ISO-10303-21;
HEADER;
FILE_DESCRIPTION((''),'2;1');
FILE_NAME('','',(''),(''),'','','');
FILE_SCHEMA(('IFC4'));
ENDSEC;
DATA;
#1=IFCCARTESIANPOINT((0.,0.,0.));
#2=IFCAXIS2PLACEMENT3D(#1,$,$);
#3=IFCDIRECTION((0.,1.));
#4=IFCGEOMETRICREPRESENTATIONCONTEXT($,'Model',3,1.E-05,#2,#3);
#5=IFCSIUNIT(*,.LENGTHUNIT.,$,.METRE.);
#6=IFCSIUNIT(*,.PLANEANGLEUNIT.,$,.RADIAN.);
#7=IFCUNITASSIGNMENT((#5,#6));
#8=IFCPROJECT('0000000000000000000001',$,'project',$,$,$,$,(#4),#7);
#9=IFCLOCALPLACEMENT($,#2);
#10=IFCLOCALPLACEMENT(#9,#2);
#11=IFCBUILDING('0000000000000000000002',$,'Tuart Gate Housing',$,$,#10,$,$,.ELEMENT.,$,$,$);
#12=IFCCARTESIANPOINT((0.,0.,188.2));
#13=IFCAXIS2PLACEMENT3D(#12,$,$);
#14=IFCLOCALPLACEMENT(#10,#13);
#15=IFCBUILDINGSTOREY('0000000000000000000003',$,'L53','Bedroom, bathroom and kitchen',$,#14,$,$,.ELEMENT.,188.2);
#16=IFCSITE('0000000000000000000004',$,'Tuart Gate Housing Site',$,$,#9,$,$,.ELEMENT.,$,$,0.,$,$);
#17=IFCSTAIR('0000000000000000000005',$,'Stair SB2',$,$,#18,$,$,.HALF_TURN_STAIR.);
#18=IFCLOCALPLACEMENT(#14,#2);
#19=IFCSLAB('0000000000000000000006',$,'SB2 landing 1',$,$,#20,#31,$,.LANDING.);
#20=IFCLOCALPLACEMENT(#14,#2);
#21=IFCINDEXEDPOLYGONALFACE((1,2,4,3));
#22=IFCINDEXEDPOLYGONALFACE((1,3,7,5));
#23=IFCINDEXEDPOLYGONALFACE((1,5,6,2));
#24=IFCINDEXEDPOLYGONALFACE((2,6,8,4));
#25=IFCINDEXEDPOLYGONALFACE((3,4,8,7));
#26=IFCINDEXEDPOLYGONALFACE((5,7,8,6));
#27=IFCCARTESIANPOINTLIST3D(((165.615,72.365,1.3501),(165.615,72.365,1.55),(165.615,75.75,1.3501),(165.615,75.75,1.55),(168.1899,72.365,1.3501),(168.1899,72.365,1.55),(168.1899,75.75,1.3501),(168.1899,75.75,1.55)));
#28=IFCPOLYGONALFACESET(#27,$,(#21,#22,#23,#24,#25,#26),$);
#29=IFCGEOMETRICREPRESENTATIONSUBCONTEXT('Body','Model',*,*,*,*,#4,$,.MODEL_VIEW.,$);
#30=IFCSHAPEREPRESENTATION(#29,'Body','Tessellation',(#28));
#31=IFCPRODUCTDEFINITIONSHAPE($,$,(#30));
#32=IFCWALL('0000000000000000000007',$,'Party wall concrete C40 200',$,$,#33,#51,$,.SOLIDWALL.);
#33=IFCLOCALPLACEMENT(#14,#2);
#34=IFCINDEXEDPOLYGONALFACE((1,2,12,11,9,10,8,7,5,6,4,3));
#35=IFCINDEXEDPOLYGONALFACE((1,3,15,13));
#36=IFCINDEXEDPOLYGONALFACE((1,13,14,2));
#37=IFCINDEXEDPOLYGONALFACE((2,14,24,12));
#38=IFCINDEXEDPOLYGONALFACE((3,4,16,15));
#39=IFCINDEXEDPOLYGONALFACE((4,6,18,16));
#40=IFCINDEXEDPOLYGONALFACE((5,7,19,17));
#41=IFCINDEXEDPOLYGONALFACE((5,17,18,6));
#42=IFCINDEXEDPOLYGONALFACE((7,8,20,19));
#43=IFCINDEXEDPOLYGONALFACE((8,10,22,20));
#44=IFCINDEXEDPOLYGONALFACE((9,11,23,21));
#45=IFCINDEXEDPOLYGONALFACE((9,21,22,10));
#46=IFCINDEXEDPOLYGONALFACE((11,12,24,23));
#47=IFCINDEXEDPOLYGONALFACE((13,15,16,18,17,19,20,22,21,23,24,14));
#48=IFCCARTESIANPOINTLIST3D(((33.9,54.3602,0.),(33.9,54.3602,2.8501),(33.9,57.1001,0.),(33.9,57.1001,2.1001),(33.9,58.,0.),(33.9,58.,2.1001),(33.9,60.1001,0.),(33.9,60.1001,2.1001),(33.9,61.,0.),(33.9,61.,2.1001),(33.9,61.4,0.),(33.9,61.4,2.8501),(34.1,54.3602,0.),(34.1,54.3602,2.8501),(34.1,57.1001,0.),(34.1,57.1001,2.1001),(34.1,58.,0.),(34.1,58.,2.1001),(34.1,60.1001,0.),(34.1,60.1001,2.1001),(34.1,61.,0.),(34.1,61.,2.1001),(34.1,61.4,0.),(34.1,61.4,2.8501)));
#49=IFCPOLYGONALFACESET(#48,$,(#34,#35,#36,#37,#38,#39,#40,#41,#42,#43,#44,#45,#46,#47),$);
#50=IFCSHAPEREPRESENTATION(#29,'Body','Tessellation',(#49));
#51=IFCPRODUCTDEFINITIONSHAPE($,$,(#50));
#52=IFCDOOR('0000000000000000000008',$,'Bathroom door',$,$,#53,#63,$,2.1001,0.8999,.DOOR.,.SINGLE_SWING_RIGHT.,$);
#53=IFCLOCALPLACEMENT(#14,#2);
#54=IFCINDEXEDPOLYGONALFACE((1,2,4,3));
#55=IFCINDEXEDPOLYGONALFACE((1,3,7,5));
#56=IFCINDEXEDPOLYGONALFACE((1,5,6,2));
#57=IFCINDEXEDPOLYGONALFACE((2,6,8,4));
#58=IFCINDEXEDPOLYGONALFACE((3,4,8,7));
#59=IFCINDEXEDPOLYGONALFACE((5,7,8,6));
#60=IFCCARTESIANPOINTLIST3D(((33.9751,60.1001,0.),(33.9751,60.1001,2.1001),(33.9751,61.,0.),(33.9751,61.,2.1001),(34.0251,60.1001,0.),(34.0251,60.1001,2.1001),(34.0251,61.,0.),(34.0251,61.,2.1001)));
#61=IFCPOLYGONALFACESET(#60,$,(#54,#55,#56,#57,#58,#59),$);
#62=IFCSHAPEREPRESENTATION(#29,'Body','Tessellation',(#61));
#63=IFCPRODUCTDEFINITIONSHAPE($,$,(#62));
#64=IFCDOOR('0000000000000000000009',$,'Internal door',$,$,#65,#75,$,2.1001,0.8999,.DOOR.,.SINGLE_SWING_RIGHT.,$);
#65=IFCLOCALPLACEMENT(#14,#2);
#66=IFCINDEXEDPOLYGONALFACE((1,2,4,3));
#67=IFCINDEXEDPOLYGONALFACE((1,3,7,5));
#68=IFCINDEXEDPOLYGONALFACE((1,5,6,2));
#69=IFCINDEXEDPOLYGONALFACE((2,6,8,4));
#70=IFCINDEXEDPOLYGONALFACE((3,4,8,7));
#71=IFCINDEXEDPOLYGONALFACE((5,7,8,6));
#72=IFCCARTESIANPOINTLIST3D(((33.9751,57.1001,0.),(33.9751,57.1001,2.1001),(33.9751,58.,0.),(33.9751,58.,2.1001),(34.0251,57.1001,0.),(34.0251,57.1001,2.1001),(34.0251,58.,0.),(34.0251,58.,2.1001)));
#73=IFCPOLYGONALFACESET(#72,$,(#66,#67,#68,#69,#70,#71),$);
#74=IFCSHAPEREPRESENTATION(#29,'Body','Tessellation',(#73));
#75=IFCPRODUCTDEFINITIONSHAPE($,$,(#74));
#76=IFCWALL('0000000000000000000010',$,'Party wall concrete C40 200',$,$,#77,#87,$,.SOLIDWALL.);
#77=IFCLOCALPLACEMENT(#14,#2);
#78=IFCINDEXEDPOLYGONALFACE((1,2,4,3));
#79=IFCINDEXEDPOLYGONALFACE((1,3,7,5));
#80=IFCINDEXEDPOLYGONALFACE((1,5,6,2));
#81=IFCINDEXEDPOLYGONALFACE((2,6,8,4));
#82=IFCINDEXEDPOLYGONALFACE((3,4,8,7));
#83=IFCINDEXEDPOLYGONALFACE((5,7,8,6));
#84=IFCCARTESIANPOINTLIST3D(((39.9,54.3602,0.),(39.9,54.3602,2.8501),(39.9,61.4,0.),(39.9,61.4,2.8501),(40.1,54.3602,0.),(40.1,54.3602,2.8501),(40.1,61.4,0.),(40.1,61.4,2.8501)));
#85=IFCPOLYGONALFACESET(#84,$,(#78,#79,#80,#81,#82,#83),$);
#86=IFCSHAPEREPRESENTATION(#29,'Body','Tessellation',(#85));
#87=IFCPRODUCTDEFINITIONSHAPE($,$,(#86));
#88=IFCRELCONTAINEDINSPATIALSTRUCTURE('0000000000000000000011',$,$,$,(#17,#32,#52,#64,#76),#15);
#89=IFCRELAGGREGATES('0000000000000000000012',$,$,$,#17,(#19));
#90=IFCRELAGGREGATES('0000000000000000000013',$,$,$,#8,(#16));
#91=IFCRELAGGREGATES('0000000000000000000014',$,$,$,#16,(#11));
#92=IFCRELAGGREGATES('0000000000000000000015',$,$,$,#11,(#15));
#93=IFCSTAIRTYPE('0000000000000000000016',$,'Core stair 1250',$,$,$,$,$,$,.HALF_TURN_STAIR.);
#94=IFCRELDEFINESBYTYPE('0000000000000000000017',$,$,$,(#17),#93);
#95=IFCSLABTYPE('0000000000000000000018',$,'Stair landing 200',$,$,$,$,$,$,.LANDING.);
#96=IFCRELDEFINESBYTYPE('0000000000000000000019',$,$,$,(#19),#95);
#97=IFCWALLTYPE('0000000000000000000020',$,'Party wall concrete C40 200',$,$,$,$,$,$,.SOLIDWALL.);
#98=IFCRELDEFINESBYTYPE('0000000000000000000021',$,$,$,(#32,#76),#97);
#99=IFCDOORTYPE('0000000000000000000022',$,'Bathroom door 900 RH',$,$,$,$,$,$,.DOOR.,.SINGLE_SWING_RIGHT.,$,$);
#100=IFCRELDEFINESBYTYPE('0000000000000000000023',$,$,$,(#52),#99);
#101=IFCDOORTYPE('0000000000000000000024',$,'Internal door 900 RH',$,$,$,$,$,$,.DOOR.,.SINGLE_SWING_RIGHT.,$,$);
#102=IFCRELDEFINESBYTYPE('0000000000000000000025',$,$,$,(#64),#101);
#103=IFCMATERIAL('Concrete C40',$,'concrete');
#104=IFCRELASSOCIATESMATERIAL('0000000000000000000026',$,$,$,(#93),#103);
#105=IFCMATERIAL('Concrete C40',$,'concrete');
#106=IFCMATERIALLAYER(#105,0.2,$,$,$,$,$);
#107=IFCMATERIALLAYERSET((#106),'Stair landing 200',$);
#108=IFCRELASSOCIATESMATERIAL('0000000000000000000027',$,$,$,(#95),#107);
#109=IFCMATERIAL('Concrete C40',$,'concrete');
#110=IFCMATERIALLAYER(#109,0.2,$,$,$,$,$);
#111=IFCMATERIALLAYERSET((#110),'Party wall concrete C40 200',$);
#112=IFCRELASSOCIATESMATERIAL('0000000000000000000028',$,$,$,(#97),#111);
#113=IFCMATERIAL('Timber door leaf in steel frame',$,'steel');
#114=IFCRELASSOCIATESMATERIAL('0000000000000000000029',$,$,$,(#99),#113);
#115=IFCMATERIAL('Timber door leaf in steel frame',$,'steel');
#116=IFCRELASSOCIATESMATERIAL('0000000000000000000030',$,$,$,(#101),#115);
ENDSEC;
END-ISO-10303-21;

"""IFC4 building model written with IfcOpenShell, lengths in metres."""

from ifc_helpers import new_model, si_unit, direction, frame, frame_2d, origin, place, context, subcontext, project, spatial, polyline, rectangle, outline, extrude, material, layer, layer_set, type_object, element, fill, aggregate, save


model = new_model("IFC4")

# Units and contexts
model_context = context("Model", 3, precision=1e-05, world=origin(), true_north=direction((0.0, 1.0)))
body_context = subcontext(model_context, "Body", "Model", "MODEL_VIEW")
ifc_project = project(units=[si_unit("LENGTHUNIT", "METRE"), si_unit("PLANEANGLEUNIT", "RADIAN")], contexts=[model_context])

# Site, building, storey
site_placement = place(None, origin())
site = spatial("IfcSite", under=ifc_project, at=site_placement, Name="Tuart Gate Housing Site", CompositionType="ELEMENT", RefElevation=0.0)
building_placement = place(site_placement, origin())
building = spatial("IfcBuilding", under=site, at=building_placement, Name="Tuart Gate Housing", CompositionType="ELEMENT")
storey_placement = place(building_placement, frame((0.0, 0.0, 188.2)))
storey = spatial("IfcBuildingStorey", under=building, at=storey_placement, Name="L53", Description="Bedroom, bathroom and kitchen", CompositionType="ELEMENT", Elevation=188.2)

# Stair, slab
ifc_material_1 = material(Name="Concrete C40", Category="concrete")
stair_type = type_object("IfcStairType", Name="Core stair 1250", PredefinedType="HALF_TURN_STAIR", material=ifc_material_1)
stair_placement = place(storey_placement, origin())
stair = element("IfcStair", 1, at=stair_placement, inside=storey, type_object=stair_type, Name="Stair SB2", PredefinedType="HALF_TURN_STAIR")
ifc_material_2 = material(Name="Concrete C40", Category="concrete")
ifc_layer_1 = layer(ifc_material_2, 0.2)
ifc_layer_set_1 = layer_set([ifc_layer_1], Name="Stair landing 200")
slab_type = type_object("IfcSlabType", Name="Stair landing 200", PredefinedType="LANDING", material=ifc_layer_set_1)
slab_placement = place(storey_placement, frame((0.0, 0.0, 1.3501)))
slab = element("IfcSlab", 2, at=slab_placement, type_object=slab_type, Name="SB2 landing 1", PredefinedType="LANDING", context=body_context, shape_type="SweptSolid", body=[
    extrude(outline(polyline([(165.615, 72.365), (168.1899, 72.365), (168.1899, 75.75), (165.615, 75.75), (165.615, 72.365)])), origin(), (0.0, 0.0, 1.0), 0.2),
])
aggregate(stair, [slab])

# Wall, openings, doors
ifc_material_3 = material(Name="Concrete C40", Category="concrete")
ifc_layer_2 = layer(ifc_material_3, 0.2)
ifc_layer_set_2 = layer_set([ifc_layer_2], Name="Party wall concrete C40 200")
wall_type_1 = type_object("IfcWallType", Name="Party wall concrete C40 200", PredefinedType="SOLIDWALL", material=ifc_layer_set_2)
wall_1_placement = place(storey_placement, frame((34.0, 54.3601, 0.0), z_axis=(0.0, 0.0, 1.0), x_axis=(0.0, 1.0, 0.0)))
wall_1 = element("IfcWall", 3, at=wall_1_placement, inside=storey, type_object=wall_type_1, Name="Party wall concrete C40 200", PredefinedType="SOLIDWALL", context=body_context, shape_type="SweptSolid", body=[
    extrude(rectangle(XDim=7.0398, YDim=0.2, at=frame_2d((3.52, 0.0))), origin(), (0.0, 0.0, 1.0), 2.8501),
])
opening_1_placement = place(wall_1_placement, frame((2.74, 0.0, 0.0)))
opening_1 = element("IfcOpeningElement", 4, at=opening_1_placement, cuts=wall_1, PredefinedType="OPENING", context=body_context, shape_type="SweptSolid", body=[
    extrude(rectangle(XDim=0.8999, YDim=2.1001, at=frame_2d((0.45, 1.05))), frame((0.0, 0.1099, 0.0), z_axis=(0.0, -1.0, 0.0), x_axis=(1.0, 0.0, 0.0)), (0.0, 0.0, 1.0), 0.22),
])
opening_2_placement = place(wall_1_placement, frame((5.74, 0.0, 0.0)))
opening_2 = element("IfcOpeningElement", 5, at=opening_2_placement, cuts=wall_1, PredefinedType="OPENING", context=body_context, shape_type="SweptSolid", body=[
    extrude(rectangle(XDim=0.8999, YDim=2.1001, at=frame_2d((0.45, 1.05))), frame((0.0, 0.1099, 0.0), z_axis=(0.0, -1.0, 0.0), x_axis=(1.0, 0.0, 0.0)), (0.0, 0.0, 1.0), 0.22),
])
ifc_material_4 = material(Name="Timber door leaf in steel frame", Category="steel")
door_type_1 = type_object("IfcDoorType", Name="Bathroom door 900 RH", OperationType="SINGLE_SWING_RIGHT", PredefinedType="DOOR", material=ifc_material_4)
door_1_placement = place(opening_2_placement, origin())
door_1 = element("IfcDoor", 6, at=door_1_placement, inside=storey, type_object=door_type_1, Name="Bathroom door", OperationType="SINGLE_SWING_RIGHT", OverallHeight=2.1001, OverallWidth=0.8999, PredefinedType="DOOR", context=body_context, shape_type="SweptSolid", body=[
    extrude(rectangle(XDim=0.8999, YDim=2.1001, at=frame_2d((0.45, 1.05))), frame((0.0, 0.0249, 0.0), z_axis=(0.0, -1.0, 0.0), x_axis=(1.0, 0.0, 0.0)), (0.0, 0.0, 1.0), 0.05),
])
fill(opening_2, door_1)
ifc_material_5 = material(Name="Timber door leaf in steel frame", Category="steel")
door_type_2 = type_object("IfcDoorType", Name="Internal door 900 RH", OperationType="SINGLE_SWING_RIGHT", PredefinedType="DOOR", material=ifc_material_5)
door_2_placement = place(opening_1_placement, origin())
door_2 = element("IfcDoor", 7, at=door_2_placement, inside=storey, type_object=door_type_2, Name="Internal door", OperationType="SINGLE_SWING_RIGHT", OverallHeight=2.1001, OverallWidth=0.8999, PredefinedType="DOOR", context=body_context, shape_type="SweptSolid", body=[
    extrude(rectangle(XDim=0.8999, YDim=2.1001, at=frame_2d((0.45, 1.05))), frame((0.0, 0.0249, 0.0), z_axis=(0.0, -1.0, 0.0), x_axis=(1.0, 0.0, 0.0)), (0.0, 0.0, 1.0), 0.05),
])
fill(opening_1, door_2)

# Wall
wall_2_placement = place(storey_placement, frame((40.0, 54.3601, 0.0), z_axis=(0.0, 0.0, 1.0), x_axis=(0.0, 1.0, 0.0)))
element("IfcWall", 8, at=wall_2_placement, inside=storey, type_object=wall_type_1, Name="Party wall concrete C40 200", PredefinedType="SOLIDWALL", context=body_context, shape_type="SweptSolid", body=[
    extrude(rectangle(XDim=7.0398, YDim=0.2, at=frame_2d((3.52, 0.0))), origin(), (0.0, 0.0, 1.0), 2.8501),
])

save(model, "model.ifc")
